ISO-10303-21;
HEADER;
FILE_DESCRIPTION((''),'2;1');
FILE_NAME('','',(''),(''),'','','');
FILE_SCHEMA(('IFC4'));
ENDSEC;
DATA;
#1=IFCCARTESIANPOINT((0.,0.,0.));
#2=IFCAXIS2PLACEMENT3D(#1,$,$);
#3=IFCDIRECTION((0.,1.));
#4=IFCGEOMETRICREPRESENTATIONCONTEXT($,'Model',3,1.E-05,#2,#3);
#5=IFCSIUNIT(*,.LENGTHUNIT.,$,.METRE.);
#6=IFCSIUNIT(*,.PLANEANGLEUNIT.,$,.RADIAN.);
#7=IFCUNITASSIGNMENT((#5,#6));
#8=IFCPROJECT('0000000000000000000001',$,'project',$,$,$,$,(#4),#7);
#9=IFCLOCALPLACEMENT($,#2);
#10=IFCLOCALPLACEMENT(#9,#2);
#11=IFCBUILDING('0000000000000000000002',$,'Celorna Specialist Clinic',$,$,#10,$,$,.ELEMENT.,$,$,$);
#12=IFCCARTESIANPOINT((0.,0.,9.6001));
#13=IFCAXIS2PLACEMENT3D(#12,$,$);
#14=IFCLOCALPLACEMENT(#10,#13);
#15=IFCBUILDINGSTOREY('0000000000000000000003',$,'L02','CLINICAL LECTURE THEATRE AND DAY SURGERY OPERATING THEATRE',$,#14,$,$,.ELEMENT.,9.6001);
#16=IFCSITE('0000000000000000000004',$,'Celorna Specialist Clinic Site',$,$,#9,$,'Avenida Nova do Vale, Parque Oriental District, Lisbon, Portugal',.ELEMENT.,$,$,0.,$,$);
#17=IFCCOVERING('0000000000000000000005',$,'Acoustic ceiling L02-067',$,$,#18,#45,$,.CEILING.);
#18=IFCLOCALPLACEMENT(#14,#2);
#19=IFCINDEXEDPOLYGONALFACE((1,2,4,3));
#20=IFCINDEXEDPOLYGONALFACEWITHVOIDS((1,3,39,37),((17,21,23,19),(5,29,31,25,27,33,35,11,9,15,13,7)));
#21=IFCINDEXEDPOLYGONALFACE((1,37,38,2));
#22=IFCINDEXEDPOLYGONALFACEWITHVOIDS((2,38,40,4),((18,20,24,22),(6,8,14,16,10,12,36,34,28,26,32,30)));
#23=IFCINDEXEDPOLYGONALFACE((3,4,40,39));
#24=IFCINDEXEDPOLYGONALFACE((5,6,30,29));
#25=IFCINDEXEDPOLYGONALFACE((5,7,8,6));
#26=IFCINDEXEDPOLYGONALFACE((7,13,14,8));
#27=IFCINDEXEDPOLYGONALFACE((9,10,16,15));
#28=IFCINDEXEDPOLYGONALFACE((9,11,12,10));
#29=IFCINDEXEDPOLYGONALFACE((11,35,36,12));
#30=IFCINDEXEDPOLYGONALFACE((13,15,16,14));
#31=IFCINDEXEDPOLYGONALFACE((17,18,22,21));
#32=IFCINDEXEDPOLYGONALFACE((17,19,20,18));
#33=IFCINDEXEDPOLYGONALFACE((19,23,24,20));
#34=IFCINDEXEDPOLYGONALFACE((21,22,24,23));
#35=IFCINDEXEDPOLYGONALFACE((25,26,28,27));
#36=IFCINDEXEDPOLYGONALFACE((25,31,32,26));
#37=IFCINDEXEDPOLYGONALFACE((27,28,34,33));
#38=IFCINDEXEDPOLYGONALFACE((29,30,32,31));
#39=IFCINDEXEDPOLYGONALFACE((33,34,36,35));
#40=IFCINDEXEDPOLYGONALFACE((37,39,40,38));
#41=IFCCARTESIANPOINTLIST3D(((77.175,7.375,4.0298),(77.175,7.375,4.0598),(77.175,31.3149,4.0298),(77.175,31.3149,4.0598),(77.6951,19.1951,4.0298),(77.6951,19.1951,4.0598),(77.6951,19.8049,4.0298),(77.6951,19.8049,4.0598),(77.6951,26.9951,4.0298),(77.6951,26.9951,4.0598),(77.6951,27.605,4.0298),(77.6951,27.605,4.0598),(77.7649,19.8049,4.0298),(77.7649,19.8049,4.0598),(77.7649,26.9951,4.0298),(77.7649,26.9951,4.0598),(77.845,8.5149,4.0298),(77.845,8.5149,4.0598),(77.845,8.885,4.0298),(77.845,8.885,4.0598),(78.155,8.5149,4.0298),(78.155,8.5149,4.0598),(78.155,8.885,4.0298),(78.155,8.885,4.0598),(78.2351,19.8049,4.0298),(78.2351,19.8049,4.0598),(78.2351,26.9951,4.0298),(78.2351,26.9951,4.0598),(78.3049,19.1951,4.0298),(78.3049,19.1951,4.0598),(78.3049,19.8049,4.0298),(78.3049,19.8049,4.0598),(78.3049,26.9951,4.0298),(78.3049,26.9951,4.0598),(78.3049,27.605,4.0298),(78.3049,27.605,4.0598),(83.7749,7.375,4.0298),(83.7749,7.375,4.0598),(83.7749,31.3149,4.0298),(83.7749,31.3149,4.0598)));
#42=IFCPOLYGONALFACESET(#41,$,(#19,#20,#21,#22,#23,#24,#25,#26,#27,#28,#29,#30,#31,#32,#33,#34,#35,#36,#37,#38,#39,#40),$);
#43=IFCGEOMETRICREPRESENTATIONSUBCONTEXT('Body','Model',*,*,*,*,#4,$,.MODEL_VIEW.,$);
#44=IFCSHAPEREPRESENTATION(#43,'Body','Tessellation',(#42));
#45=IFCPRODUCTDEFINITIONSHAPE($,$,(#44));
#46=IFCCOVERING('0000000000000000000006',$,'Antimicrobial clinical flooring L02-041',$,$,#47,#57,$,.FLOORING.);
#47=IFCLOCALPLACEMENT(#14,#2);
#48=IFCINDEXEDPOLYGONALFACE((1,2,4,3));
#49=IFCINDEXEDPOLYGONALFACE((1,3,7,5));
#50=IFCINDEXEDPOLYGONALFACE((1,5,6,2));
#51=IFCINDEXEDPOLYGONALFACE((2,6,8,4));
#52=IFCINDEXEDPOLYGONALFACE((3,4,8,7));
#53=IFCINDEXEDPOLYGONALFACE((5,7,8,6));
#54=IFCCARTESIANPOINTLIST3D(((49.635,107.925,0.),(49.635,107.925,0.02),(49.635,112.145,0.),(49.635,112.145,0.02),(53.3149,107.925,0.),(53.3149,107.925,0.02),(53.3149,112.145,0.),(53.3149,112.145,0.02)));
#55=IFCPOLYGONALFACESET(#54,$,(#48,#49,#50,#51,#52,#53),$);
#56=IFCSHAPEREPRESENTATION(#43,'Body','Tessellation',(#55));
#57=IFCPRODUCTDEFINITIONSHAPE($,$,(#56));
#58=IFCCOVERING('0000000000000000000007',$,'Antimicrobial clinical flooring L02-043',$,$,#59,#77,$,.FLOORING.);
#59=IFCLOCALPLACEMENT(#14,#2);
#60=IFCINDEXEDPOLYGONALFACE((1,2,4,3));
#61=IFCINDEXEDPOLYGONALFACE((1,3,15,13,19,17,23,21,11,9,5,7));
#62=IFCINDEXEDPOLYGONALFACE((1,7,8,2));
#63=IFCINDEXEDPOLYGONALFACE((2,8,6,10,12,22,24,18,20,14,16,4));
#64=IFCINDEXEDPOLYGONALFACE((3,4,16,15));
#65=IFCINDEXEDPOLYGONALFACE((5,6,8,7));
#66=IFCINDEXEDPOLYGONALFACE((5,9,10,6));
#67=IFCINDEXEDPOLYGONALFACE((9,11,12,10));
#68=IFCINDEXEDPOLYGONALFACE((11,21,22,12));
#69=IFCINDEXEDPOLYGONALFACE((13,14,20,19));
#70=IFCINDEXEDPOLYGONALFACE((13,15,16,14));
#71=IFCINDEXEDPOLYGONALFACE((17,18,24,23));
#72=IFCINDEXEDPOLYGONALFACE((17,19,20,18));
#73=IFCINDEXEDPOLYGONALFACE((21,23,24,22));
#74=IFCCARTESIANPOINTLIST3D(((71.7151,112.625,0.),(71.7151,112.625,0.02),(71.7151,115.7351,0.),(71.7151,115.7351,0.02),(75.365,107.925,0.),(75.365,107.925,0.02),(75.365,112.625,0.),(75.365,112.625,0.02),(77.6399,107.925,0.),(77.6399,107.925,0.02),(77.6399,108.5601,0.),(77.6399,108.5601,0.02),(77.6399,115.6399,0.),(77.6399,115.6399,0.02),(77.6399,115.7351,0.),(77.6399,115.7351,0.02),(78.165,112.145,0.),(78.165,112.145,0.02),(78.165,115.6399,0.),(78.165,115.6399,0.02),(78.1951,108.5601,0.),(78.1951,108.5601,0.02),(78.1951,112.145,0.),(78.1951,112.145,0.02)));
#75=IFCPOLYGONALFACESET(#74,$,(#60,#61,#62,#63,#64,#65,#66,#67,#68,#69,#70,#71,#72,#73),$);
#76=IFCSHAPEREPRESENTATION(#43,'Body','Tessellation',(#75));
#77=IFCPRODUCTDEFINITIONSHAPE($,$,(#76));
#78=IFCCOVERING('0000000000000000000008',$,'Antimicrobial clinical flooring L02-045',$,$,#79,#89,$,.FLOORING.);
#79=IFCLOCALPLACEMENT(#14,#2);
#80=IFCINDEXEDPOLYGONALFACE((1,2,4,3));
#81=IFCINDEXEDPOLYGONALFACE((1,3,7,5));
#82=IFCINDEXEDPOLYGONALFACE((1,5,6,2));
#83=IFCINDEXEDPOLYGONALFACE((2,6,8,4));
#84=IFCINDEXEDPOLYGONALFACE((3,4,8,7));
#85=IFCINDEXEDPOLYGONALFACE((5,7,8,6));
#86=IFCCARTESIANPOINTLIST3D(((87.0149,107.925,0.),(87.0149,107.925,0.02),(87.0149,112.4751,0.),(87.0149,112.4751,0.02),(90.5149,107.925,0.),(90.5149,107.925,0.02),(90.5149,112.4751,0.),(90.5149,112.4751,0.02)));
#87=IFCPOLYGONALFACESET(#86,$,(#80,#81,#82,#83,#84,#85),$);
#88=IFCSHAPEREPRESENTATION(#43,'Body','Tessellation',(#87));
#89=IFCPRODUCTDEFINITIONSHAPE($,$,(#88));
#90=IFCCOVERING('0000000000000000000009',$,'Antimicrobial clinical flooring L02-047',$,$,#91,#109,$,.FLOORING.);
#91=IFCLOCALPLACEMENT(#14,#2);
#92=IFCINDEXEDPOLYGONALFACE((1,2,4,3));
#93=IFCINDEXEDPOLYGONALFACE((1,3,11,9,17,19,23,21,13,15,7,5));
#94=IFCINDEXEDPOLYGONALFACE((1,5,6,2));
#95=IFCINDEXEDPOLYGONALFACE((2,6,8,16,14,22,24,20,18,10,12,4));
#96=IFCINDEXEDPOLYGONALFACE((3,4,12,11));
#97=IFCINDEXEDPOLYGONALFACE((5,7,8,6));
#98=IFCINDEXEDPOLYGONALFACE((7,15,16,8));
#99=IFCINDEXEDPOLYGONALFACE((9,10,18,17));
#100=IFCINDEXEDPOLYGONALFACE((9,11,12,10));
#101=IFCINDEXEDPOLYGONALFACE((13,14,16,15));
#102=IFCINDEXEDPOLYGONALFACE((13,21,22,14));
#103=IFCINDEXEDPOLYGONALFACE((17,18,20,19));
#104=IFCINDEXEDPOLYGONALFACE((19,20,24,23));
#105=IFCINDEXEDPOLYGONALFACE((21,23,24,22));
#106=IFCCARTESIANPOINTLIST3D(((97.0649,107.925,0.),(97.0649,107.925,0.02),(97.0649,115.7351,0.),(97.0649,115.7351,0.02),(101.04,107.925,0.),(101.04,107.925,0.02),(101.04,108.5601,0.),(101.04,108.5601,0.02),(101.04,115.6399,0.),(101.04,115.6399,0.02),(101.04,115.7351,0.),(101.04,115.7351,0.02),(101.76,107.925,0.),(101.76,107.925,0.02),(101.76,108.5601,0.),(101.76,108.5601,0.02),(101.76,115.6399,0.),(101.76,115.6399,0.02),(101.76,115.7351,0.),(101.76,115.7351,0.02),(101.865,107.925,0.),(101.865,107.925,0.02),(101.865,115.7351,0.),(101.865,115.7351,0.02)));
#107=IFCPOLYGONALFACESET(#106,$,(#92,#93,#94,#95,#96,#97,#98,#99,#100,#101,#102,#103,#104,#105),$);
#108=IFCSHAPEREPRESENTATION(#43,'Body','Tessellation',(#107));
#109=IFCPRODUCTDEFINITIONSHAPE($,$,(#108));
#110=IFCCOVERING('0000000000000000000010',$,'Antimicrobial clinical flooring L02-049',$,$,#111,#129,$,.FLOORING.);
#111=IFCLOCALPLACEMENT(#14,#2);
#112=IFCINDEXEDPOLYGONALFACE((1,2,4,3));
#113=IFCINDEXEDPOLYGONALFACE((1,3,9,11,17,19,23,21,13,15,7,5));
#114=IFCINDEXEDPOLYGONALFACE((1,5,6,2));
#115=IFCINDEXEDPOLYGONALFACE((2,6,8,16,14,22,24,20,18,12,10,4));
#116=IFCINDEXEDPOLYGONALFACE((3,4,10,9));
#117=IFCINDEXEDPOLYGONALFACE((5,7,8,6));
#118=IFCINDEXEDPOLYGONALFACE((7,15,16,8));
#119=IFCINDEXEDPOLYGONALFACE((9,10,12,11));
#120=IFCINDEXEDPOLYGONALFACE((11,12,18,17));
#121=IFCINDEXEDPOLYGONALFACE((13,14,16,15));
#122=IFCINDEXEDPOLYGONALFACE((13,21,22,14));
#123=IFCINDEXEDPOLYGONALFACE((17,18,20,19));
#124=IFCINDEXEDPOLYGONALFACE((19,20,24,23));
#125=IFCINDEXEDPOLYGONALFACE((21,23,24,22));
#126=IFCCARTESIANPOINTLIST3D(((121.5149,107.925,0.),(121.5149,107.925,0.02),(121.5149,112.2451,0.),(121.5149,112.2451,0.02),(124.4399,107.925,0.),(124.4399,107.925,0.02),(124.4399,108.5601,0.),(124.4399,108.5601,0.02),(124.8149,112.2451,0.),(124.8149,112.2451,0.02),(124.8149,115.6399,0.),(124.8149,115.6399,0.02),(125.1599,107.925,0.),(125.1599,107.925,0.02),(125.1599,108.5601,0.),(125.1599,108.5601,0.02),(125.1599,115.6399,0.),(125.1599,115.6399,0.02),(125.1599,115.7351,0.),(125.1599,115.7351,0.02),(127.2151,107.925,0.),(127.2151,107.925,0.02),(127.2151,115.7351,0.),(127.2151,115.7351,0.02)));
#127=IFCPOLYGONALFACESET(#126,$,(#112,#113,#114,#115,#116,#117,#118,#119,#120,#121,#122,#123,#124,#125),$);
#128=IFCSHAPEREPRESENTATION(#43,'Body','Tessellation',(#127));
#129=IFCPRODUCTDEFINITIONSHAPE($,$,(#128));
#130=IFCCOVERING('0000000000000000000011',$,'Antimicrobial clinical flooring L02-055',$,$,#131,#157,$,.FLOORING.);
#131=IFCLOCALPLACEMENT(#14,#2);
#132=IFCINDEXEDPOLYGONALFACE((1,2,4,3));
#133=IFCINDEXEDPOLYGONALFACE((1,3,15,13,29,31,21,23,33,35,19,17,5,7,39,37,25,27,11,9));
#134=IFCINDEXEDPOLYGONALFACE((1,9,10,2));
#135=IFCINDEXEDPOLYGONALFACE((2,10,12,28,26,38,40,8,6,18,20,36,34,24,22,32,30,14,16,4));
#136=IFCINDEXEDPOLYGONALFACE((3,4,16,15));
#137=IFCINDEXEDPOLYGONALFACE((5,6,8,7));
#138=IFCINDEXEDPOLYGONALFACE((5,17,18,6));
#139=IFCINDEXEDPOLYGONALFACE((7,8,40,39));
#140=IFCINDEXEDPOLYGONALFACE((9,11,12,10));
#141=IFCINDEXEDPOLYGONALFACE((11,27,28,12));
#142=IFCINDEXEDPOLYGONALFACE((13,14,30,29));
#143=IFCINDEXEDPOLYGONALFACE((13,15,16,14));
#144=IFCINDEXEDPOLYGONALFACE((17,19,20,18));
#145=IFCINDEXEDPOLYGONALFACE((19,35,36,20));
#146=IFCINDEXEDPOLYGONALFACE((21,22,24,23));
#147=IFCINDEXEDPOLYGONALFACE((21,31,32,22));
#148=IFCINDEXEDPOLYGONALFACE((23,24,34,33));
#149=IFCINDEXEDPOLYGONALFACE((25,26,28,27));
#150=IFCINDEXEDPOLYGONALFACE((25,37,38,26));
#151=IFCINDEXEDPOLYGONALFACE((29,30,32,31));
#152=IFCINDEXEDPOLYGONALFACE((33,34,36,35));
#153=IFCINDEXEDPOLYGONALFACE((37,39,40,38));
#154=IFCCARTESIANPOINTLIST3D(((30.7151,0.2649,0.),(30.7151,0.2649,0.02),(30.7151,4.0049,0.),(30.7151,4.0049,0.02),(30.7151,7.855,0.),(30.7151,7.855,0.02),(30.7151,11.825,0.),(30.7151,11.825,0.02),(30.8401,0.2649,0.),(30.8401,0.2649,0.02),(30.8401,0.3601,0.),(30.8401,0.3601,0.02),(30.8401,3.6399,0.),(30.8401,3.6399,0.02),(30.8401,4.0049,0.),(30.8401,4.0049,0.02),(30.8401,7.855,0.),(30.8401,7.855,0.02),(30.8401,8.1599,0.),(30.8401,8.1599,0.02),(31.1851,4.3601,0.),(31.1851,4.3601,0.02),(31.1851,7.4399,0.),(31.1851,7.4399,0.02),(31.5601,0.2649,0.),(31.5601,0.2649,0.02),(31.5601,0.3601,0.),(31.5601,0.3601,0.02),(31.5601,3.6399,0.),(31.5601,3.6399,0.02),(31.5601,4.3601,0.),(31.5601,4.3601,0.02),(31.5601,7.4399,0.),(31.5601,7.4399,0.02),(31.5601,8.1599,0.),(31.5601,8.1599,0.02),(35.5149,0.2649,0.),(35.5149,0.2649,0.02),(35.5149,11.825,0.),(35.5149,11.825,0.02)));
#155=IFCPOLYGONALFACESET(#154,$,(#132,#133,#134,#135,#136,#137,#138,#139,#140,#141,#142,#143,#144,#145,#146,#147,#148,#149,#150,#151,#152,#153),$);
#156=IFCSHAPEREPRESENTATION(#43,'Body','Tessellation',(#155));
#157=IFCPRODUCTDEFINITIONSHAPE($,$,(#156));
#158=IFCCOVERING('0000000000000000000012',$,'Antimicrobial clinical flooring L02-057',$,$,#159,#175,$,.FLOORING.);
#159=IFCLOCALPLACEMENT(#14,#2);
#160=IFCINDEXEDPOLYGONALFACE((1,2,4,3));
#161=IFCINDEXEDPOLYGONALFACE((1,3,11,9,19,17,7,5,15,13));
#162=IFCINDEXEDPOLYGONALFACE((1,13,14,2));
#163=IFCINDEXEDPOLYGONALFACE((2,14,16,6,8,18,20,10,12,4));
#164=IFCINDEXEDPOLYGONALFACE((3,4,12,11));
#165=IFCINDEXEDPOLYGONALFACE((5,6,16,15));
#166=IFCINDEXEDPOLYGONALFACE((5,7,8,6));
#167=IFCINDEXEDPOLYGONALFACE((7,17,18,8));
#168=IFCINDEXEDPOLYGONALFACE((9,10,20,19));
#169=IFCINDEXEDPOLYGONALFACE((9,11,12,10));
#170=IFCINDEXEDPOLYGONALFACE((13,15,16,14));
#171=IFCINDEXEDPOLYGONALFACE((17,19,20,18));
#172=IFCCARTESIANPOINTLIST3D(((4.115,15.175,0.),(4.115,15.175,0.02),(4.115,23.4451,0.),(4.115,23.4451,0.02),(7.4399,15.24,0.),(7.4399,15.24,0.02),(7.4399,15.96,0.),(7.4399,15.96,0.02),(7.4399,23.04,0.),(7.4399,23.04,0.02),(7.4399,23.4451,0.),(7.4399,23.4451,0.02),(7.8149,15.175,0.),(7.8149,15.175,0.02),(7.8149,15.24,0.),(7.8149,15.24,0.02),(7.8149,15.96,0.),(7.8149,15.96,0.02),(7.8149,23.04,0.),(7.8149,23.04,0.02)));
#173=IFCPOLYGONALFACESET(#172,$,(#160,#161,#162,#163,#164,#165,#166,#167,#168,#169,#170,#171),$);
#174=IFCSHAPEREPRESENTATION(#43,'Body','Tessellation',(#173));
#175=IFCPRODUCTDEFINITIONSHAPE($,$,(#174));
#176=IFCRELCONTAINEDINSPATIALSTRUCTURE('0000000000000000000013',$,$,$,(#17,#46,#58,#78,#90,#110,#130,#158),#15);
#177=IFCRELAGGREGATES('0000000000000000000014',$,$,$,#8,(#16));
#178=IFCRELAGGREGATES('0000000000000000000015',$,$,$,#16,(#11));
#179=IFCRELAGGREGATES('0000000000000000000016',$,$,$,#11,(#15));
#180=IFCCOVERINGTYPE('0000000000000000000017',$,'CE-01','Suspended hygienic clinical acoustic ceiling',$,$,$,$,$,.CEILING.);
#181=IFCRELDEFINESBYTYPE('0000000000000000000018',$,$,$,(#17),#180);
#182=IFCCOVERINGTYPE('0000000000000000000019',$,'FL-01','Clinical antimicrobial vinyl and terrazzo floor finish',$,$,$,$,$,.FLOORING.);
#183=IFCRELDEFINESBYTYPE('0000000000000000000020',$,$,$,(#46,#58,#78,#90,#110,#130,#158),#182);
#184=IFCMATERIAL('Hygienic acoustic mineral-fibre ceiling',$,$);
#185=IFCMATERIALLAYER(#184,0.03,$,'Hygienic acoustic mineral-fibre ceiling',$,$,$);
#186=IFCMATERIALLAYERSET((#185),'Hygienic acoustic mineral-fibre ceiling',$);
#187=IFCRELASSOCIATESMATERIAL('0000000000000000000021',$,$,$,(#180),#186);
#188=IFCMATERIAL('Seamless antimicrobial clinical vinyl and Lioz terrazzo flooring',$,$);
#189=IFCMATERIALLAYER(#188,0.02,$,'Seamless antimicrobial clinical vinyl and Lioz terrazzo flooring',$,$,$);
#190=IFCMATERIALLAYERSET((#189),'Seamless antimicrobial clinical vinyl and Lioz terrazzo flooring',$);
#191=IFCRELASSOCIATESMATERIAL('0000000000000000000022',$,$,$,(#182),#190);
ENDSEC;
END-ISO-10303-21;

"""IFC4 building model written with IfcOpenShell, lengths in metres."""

from ifc_helpers import new_model, si_unit, direction, frame, origin, place, context, subcontext, project, spatial, polyline, outline, extrude, material, layer, layer_set, type_object, element, save


model = new_model("IFC4")

# Units and contexts
model_context = context("Model", 3, precision=1e-05, world=origin(), true_north=direction((0.0, 1.0)))
body_context = subcontext(model_context, "Body", "Model", "MODEL_VIEW")
ifc_project = project(units=[si_unit("LENGTHUNIT", "METRE"), si_unit("PLANEANGLEUNIT", "RADIAN")], contexts=[model_context])

# Site, building, storey
site_placement = place(None, origin())
site = spatial("IfcSite", under=ifc_project, at=site_placement, Name="Celorna Specialist Clinic Site", LongName="Avenida Nova do Vale, Parque Oriental District, Lisbon, Portugal", CompositionType="ELEMENT", RefElevation=0.0)
building_placement = place(site_placement, origin())
building = spatial("IfcBuilding", under=site, at=building_placement, Name="Celorna Specialist Clinic", CompositionType="ELEMENT")
storey_placement = place(building_placement, frame((0.0, 0.0, 9.6001)))
storey = spatial("IfcBuildingStorey", under=building, at=storey_placement, Name="L02", Description="CLINICAL LECTURE THEATRE AND DAY SURGERY OPERATING THEATRE", CompositionType="ELEMENT", Elevation=9.6001)

# Coverings
ifc_material_1 = material(Name="Hygienic acoustic mineral-fibre ceiling")
ifc_layer_1 = layer(ifc_material_1, 0.03, Name="Hygienic acoustic mineral-fibre ceiling")
ifc_layer_set_1 = layer_set([ifc_layer_1], Name="Hygienic acoustic mineral-fibre ceiling")
covering_type_1 = type_object("IfcCoveringType", Name="CE-01", Description="Suspended hygienic clinical acoustic ceiling", PredefinedType="CEILING", material=ifc_layer_set_1)
covering_1_placement = place(storey_placement, frame((0.0, 0.0, 4.0298)))
element("IfcCovering", 1, at=covering_1_placement, inside=storey, type_object=covering_type_1, Name="Acoustic ceiling L02-067", PredefinedType="CEILING", context=body_context, shape_type="SweptSolid", body=[
    extrude(outline(polyline([(83.7749, 31.3149), (83.7749, 7.375), (77.175, 7.375), (77.175, 31.3149), (83.7749, 31.3149)]), holes=[polyline([(78.2351, 26.9951), (78.3049, 26.9951), (78.3049, 27.605), (77.6951, 27.605), (77.6951, 26.9951), (77.7649, 26.9951), (77.7649, 19.8049), (77.6951, 19.8049), (77.6951, 19.1951), (78.3049, 19.1951), (78.3049, 19.8049), (78.2351, 19.8049), (78.2351, 26.9951)]), polyline([(78.155, 8.885), (77.845, 8.885), (77.845, 8.5149), (78.155, 8.5149), (78.155, 8.885)])]), origin(), (0.0, 0.0, 1.0), 0.03),
])
ifc_material_2 = material(Name="Seamless antimicrobial clinical vinyl and Lioz terrazzo flooring")
ifc_layer_2 = layer(ifc_material_2, 0.02, Name="Seamless antimicrobial clinical vinyl and Lioz terrazzo flooring")
ifc_layer_set_2 = layer_set([ifc_layer_2], Name="Seamless antimicrobial clinical vinyl and Lioz terrazzo flooring")
covering_type_2 = type_object("IfcCoveringType", Name="FL-01", Description="Clinical antimicrobial vinyl and terrazzo floor finish", PredefinedType="FLOORING", material=ifc_layer_set_2)
covering_2_placement = place(storey_placement, origin())
element("IfcCovering", 2, at=covering_2_placement, inside=storey, type_object=covering_type_2, Name="Antimicrobial clinical flooring L02-041", PredefinedType="FLOORING", context=body_context, shape_type="SweptSolid", body=[
    extrude(outline(polyline([(49.635, 107.925), (49.635, 112.145), (53.3149, 112.145), (53.3149, 107.925), (49.635, 107.925)])), origin(), (0.0, 0.0, 1.0), 0.02),
])
covering_3_placement = place(storey_placement, origin())
element("IfcCovering", 3, at=covering_3_placement, inside=storey, type_object=covering_type_2, Name="Antimicrobial clinical flooring L02-043", PredefinedType="FLOORING", context=body_context, shape_type="SweptSolid", body=[
    extrude(outline(polyline([(75.365, 112.625), (71.7151, 112.625), (71.7151, 115.7351), (77.6399, 115.7351), (77.6399, 115.6399), (78.165, 115.6399), (78.165, 112.145), (78.1951, 112.145), (78.1951, 108.5601), (77.6399, 108.5601), (77.6399, 107.925), (75.365, 107.925), (75.365, 112.625)])), origin(), (0.0, 0.0, 1.0), 0.02),
])
covering_4_placement = place(storey_placement, origin())
element("IfcCovering", 4, at=covering_4_placement, inside=storey, type_object=covering_type_2, Name="Antimicrobial clinical flooring L02-045", PredefinedType="FLOORING", context=body_context, shape_type="SweptSolid", body=[
    extrude(outline(polyline([(87.0149, 112.4751), (90.5149, 112.4751), (90.5149, 107.925), (87.0149, 107.925), (87.0149, 112.4751)])), origin(), (0.0, 0.0, 1.0), 0.02),
])
covering_5_placement = place(storey_placement, origin())
element("IfcCovering", 5, at=covering_5_placement, inside=storey, type_object=covering_type_2, Name="Antimicrobial clinical flooring L02-047", PredefinedType="FLOORING", context=body_context, shape_type="SweptSolid", body=[
    extrude(outline(polyline([(97.0649, 115.7351), (101.04, 115.7351), (101.04, 115.6399), (101.76, 115.6399), (101.76, 115.7351), (101.865, 115.7351), (101.865, 107.925), (101.76, 107.925), (101.76, 108.5601), (101.04, 108.5601), (101.04, 107.925), (97.0649, 107.925), (97.0649, 115.7351)])), origin(), (0.0, 0.0, 1.0), 0.02),
])
covering_6_placement = place(storey_placement, origin())
element("IfcCovering", 6, at=covering_6_placement, inside=storey, type_object=covering_type_2, Name="Antimicrobial clinical flooring L02-049", PredefinedType="FLOORING", context=body_context, shape_type="SweptSolid", body=[
    extrude(outline(polyline([(124.4399, 107.925), (121.5149, 107.925), (121.5149, 112.2451), (124.8149, 112.2451), (124.8149, 115.6399), (125.1599, 115.6399), (125.1599, 115.7351), (127.2151, 115.7351), (127.2151, 107.925), (125.1599, 107.925), (125.1599, 108.5601), (124.4399, 108.5601), (124.4399, 107.925)])), origin(), (0.0, 0.0, 1.0), 0.02),
])
covering_7_placement = place(storey_placement, origin())
element("IfcCovering", 7, at=covering_7_placement, inside=storey, type_object=covering_type_2, Name="Antimicrobial clinical flooring L02-055", PredefinedType="FLOORING", context=body_context, shape_type="SweptSolid", body=[
    extrude(outline(polyline([(35.5149, 11.825), (35.5149, 0.2649), (31.5601, 0.2649), (31.5601, 0.3601), (30.8401, 0.3601), (30.8401, 0.2649), (30.7151, 0.2649), (30.7151, 4.0049), (30.8401, 4.0049), (30.8401, 3.6399), (31.5601, 3.6399), (31.5601, 4.3601), (31.1851, 4.3601), (31.1851, 7.4399), (31.5601, 7.4399), (31.5601, 8.1599), (30.8401, 8.1599), (30.8401, 7.855), (30.7151, 7.855), (30.7151, 11.825), (35.5149, 11.825)])), origin(), (0.0, 0.0, 1.0), 0.02),
])
covering_8_placement = place(storey_placement, origin())
element("IfcCovering", 8, at=covering_8_placement, inside=storey, type_object=covering_type_2, Name="Antimicrobial clinical flooring L02-057", PredefinedType="FLOORING", context=body_context, shape_type="SweptSolid", body=[
    extrude(outline(polyline([(7.8149, 15.96), (7.4399, 15.96), (7.4399, 15.24), (7.8149, 15.24), (7.8149, 15.175), (4.115, 15.175), (4.115, 23.4451), (7.4399, 23.4451), (7.4399, 23.04), (7.8149, 23.04), (7.8149, 15.96)])), origin(), (0.0, 0.0, 1.0), 0.02),
])

save(model, "model.ifc")
